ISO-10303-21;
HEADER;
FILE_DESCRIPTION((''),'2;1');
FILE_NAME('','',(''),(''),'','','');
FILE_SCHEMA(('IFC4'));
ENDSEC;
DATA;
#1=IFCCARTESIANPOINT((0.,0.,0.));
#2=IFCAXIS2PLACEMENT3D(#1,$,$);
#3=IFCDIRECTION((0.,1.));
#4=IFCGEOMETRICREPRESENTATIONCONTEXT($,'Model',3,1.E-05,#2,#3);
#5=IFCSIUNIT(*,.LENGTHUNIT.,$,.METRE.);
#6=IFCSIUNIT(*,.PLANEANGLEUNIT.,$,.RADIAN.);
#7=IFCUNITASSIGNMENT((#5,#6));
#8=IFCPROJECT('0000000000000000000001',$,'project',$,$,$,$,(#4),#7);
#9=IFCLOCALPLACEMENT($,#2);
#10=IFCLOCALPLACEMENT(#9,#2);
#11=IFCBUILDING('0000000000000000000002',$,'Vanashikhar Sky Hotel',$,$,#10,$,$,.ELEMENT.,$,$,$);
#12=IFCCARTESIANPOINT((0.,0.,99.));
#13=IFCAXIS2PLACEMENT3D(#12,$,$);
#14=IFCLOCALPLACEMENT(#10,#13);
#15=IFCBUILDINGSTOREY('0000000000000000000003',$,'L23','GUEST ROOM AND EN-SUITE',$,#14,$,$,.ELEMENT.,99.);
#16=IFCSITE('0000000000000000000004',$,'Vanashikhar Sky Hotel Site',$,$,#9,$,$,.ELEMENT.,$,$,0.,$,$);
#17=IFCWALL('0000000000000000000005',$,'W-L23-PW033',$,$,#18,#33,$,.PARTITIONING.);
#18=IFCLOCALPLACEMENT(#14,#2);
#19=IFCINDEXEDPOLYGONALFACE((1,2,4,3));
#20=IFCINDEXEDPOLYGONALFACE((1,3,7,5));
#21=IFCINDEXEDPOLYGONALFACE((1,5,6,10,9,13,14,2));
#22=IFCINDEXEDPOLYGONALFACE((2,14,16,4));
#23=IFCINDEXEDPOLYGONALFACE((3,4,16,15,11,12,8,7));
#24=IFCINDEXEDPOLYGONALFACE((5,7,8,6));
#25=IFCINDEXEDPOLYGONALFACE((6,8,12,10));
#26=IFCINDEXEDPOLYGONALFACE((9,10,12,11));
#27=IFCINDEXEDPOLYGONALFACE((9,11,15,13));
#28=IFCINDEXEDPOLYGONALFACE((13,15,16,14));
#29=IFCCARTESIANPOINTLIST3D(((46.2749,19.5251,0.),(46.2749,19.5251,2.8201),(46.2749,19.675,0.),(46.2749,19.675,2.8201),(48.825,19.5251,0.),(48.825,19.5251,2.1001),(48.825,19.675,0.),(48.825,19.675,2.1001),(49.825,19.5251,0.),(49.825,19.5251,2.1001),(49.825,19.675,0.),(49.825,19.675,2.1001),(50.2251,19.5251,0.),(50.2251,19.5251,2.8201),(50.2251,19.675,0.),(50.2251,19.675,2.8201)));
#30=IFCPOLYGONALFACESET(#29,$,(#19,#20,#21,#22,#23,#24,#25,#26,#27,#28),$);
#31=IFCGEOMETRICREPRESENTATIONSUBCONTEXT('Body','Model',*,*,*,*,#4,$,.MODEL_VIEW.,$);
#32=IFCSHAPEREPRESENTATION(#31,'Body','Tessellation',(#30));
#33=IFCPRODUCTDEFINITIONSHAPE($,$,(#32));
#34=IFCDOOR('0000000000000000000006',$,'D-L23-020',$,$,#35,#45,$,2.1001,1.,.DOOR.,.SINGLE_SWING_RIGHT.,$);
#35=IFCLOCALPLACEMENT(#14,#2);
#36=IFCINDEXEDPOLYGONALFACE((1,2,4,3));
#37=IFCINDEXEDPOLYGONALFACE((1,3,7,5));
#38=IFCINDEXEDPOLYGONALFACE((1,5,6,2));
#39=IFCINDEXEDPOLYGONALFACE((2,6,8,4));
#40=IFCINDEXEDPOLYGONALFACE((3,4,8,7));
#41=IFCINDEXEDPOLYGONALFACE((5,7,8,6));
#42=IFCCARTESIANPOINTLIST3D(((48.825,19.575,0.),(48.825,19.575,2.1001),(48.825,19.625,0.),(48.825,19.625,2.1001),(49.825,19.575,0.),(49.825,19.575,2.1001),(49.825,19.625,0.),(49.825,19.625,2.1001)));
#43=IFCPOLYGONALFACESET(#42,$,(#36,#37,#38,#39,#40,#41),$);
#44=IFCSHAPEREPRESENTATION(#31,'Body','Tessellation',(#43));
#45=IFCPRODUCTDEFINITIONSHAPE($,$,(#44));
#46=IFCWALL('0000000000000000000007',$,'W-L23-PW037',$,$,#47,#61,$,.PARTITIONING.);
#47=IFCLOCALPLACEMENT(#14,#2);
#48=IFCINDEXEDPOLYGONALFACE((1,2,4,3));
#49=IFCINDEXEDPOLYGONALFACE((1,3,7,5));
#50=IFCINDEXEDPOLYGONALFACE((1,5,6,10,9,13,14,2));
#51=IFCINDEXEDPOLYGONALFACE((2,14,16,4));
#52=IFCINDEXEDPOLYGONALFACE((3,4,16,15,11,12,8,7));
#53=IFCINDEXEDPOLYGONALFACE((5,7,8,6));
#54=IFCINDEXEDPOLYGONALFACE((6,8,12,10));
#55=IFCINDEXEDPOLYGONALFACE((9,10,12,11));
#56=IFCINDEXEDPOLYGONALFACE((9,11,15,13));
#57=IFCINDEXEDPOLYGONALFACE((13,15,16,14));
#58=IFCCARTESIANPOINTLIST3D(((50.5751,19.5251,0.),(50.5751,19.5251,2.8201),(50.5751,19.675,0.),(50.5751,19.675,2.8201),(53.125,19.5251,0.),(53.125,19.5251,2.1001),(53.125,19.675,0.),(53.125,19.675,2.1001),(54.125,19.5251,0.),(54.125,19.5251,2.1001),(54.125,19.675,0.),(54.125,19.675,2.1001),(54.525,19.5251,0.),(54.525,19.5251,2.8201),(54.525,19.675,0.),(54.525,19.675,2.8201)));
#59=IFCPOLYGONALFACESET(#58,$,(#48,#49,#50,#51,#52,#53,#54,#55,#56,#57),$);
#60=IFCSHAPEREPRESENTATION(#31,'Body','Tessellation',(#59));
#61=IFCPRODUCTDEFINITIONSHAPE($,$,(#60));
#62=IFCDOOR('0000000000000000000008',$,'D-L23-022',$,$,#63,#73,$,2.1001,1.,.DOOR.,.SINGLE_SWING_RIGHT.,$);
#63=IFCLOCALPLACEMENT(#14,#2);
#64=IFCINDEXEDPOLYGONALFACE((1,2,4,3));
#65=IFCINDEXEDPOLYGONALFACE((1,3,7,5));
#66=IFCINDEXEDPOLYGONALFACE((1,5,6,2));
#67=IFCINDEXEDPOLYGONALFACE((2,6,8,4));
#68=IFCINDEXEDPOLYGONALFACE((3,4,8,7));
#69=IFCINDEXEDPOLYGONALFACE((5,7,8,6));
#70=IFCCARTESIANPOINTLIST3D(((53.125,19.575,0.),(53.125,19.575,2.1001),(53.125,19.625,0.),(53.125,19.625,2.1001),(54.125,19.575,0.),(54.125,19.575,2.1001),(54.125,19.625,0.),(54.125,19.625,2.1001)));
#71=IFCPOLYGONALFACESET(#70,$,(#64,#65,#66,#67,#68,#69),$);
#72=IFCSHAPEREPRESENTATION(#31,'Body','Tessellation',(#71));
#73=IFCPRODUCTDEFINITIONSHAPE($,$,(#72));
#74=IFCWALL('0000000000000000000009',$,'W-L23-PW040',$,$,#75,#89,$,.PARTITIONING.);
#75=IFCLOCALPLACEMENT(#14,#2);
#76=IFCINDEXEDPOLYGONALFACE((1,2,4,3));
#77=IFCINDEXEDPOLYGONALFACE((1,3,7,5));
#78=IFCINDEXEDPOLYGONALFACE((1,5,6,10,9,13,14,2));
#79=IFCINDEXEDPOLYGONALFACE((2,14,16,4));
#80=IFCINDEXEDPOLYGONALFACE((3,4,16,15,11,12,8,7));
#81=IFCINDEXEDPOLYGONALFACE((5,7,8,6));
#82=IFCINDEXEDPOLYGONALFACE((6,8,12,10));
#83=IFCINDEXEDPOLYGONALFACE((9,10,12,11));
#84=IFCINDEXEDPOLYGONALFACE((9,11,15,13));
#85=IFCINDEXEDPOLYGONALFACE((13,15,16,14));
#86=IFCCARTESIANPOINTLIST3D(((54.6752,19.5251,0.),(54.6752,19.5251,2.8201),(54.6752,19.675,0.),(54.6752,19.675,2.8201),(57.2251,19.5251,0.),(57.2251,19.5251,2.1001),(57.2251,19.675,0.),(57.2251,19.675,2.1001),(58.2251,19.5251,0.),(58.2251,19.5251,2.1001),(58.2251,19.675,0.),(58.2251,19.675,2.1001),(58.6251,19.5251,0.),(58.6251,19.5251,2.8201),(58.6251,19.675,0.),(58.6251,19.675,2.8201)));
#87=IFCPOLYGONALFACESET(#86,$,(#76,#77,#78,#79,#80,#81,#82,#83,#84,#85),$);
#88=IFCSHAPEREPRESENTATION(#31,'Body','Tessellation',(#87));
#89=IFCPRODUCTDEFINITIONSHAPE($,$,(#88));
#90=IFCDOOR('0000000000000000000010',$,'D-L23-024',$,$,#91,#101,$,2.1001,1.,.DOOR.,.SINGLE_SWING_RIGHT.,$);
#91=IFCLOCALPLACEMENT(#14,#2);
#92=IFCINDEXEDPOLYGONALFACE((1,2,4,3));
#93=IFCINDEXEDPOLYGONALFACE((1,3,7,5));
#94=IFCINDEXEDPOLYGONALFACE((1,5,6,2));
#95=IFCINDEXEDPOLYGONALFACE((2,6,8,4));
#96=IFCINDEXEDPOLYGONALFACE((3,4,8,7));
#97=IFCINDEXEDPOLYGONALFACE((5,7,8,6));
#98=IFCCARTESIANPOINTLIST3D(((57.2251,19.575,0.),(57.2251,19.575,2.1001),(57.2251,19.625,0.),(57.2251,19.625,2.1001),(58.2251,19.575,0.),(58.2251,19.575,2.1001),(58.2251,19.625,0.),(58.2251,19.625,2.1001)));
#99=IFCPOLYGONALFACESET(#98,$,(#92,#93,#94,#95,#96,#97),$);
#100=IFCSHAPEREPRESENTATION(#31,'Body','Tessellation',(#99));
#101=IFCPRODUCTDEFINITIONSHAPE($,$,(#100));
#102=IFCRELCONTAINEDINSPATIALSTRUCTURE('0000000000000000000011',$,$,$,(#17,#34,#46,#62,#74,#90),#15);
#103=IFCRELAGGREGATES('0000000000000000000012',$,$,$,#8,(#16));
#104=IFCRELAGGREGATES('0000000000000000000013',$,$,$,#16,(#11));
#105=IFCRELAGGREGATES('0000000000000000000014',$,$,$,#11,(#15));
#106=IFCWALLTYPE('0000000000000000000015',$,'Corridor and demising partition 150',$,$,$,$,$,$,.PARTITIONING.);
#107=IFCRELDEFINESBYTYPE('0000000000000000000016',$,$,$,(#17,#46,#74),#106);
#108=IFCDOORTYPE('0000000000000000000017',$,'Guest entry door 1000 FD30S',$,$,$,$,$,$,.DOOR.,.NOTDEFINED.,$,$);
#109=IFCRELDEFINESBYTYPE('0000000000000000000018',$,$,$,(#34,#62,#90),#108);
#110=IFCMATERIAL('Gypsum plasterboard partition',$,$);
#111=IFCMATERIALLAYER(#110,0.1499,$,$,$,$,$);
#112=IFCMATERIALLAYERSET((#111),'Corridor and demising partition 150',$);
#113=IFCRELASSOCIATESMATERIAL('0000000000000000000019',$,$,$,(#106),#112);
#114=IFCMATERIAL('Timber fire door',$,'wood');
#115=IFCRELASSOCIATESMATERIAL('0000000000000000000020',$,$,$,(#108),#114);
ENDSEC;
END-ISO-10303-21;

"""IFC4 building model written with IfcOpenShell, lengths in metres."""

from ifc_helpers import new_model, si_unit, direction, frame, frame_2d, origin, place, context, subcontext, project, spatial, rectangle, extrude, source, transform, mapped, material, layer, layer_set, type_object, element, fill, save


model = new_model("IFC4")

# Units and contexts
model_context = context("Model", 3, precision=1e-05, world=origin(), true_north=direction((0.0, 1.0)))
body_context = subcontext(model_context, "Body", "Model", "MODEL_VIEW")
ifc_project = project(units=[si_unit("LENGTHUNIT", "METRE"), si_unit("PLANEANGLEUNIT", "RADIAN")], contexts=[model_context])

# Site, building, storey
site_placement = place(None, origin())
site = spatial("IfcSite", under=ifc_project, at=site_placement, Name="Vanashikhar Sky Hotel Site", CompositionType="ELEMENT", RefElevation=0.0)
building_placement = place(site_placement, origin())
building = spatial("IfcBuilding", under=site, at=building_placement, Name="Vanashikhar Sky Hotel", CompositionType="ELEMENT")
storey_placement = place(building_placement, frame((0.0, 0.0, 99.0)))
storey = spatial("IfcBuildingStorey", under=building, at=storey_placement, Name="L23", Description="GUEST ROOM AND EN-SUITE", CompositionType="ELEMENT", Elevation=99.0)

# Shared definitions
shared_shape_1 = source(origin(), body_context, "Body", "SweptSolid", [
    extrude(rectangle(XDim=1.0, YDim=2.1001, at=frame_2d((0.5, 1.05))), frame((0.0, 0.0249, 0.0), z_axis=(0.0, -1.0, 0.0), x_axis=(1.0, 0.0, 0.0)), (0.0, 0.0, 1.0), 0.05),
])

# Walls, openings, doors
ifc_material_1 = material(Name="Gypsum plasterboard partition")
ifc_layer_1 = layer(ifc_material_1, 0.1499)
ifc_layer_set_1 = layer_set([ifc_layer_1], Name="Corridor and demising partition 150")
wall_type_1 = type_object("IfcWallType", Name="Corridor and demising partition 150", PredefinedType="PARTITIONING", material=ifc_layer_set_1)
shared_shape_2 = source(origin(), body_context, "Body", "SweptSolid", [
    extrude(rectangle(XDim=3.9502, YDim=0.1499, at=frame_2d((1.9751, 0.0))), origin(), (0.0, 0.0, 1.0), 2.8201),
])
wall_1_placement = place(storey_placement, frame((46.2749, 19.6001, 0.0), z_axis=(0.0, 0.0, 1.0), x_axis=(1.0, 0.0, 0.0)))
wall_1 = element("IfcWall", 1, at=wall_1_placement, inside=storey, type_object=wall_type_1, Name="W-L23-PW033", PredefinedType="PARTITIONING", context=body_context, shape_type="MappedRepresentation", body=[
    mapped(shared_shape_2, transform((0.0, 0.0, 0.0), scale=1.0)),
])
shared_shape_3 = source(origin(), body_context, "Body", "SweptSolid", [
    extrude(rectangle(XDim=1.0, YDim=2.1001, at=frame_2d((0.5, 1.05))), frame((0.0, 0.085, 0.0), z_axis=(0.0, -1.0, 0.0), x_axis=(1.0, 0.0, 0.0)), (0.0, 0.0, 1.0), 0.1699),
])
opening_1_placement = place(wall_1_placement, frame((2.55, 0.0, 0.0)))
opening_1 = element("IfcOpeningElement", 2, at=opening_1_placement, cuts=wall_1, PredefinedType="OPENING", context=body_context, shape_type="MappedRepresentation", body=[
    mapped(shared_shape_3, transform((0.0, 0.0, 0.0), scale=1.0)),
])
ifc_material_2 = material(Name="Timber fire door", Category="wood")
door_type_1 = type_object("IfcDoorType", Name="Guest entry door 1000 FD30S", OperationType="NOTDEFINED", PredefinedType="DOOR", material=ifc_material_2)
door_1_placement = place(opening_1_placement, origin())
door_1 = element("IfcDoor", 3, at=door_1_placement, inside=storey, type_object=door_type_1, Name="D-L23-020", OperationType="SINGLE_SWING_RIGHT", OverallHeight=2.1001, OverallWidth=1.0, PredefinedType="DOOR", context=body_context, shape_type="MappedRepresentation", body=[
    mapped(shared_shape_1, transform((0.0, 0.0, 0.0), scale=1.0)),
])
fill(opening_1, door_1)
shared_shape_4 = source(origin(), body_context, "Body", "SweptSolid", [
    extrude(rectangle(XDim=3.95, YDim=0.1499, at=frame_2d((1.9751, 0.0))), origin(), (0.0, 0.0, 1.0), 2.8201),
])
wall_2_placement = place(storey_placement, frame((50.575, 19.6001, 0.0), z_axis=(0.0, 0.0, 1.0), x_axis=(1.0, 0.0, 0.0)))
wall_2 = element("IfcWall", 4, at=wall_2_placement, inside=storey, type_object=wall_type_1, Name="W-L23-PW037", PredefinedType="PARTITIONING", context=body_context, shape_type="MappedRepresentation", body=[
    mapped(shared_shape_4, transform((0.0, 0.0, 0.0), scale=1.0)),
])
opening_2_placement = place(wall_2_placement, frame((2.55, 0.0, 0.0)))
opening_2 = element("IfcOpeningElement", 5, at=opening_2_placement, cuts=wall_2, PredefinedType="OPENING", context=body_context, shape_type="MappedRepresentation", body=[
    mapped(shared_shape_3, transform((0.0, 0.0, 0.0), scale=1.0)),
])
door_2_placement = place(opening_2_placement, origin())
door_2 = element("IfcDoor", 6, at=door_2_placement, inside=storey, type_object=door_type_1, Name="D-L23-022", OperationType="SINGLE_SWING_RIGHT", OverallHeight=2.1001, OverallWidth=1.0, PredefinedType="DOOR", context=body_context, shape_type="MappedRepresentation", body=[
    mapped(shared_shape_1, transform((0.0, 0.0, 0.0), scale=1.0)),
])
fill(opening_2, door_2)
wall_3_placement = place(storey_placement, frame((54.675, 19.6001, 0.0), z_axis=(0.0, 0.0, 1.0), x_axis=(1.0, 0.0, 0.0)))
wall_3 = element("IfcWall", 7, at=wall_3_placement, inside=storey, type_object=wall_type_1, Name="W-L23-PW040", PredefinedType="PARTITIONING", context=body_context, shape_type="MappedRepresentation", body=[
    mapped(shared_shape_4, transform((0.0, 0.0, 0.0), scale=1.0)),
])
opening_3_placement = place(wall_3_placement, frame((2.55, 0.0, 0.0)))
opening_3 = element("IfcOpeningElement", 8, at=opening_3_placement, cuts=wall_3, PredefinedType="OPENING", context=body_context, shape_type="MappedRepresentation", body=[
    mapped(shared_shape_3, transform((0.0, 0.0, 0.0), scale=1.0)),
])
door_3_placement = place(opening_3_placement, origin())
door_3 = element("IfcDoor", 9, at=door_3_placement, inside=storey, type_object=door_type_1, Name="D-L23-024", OperationType="SINGLE_SWING_RIGHT", OverallHeight=2.1001, OverallWidth=1.0, PredefinedType="DOOR", context=body_context, shape_type="MappedRepresentation", body=[
    mapped(shared_shape_1, transform((0.0, 0.0, 0.0), scale=1.0)),
])
fill(opening_3, door_3)

save(model, "model.ifc")
